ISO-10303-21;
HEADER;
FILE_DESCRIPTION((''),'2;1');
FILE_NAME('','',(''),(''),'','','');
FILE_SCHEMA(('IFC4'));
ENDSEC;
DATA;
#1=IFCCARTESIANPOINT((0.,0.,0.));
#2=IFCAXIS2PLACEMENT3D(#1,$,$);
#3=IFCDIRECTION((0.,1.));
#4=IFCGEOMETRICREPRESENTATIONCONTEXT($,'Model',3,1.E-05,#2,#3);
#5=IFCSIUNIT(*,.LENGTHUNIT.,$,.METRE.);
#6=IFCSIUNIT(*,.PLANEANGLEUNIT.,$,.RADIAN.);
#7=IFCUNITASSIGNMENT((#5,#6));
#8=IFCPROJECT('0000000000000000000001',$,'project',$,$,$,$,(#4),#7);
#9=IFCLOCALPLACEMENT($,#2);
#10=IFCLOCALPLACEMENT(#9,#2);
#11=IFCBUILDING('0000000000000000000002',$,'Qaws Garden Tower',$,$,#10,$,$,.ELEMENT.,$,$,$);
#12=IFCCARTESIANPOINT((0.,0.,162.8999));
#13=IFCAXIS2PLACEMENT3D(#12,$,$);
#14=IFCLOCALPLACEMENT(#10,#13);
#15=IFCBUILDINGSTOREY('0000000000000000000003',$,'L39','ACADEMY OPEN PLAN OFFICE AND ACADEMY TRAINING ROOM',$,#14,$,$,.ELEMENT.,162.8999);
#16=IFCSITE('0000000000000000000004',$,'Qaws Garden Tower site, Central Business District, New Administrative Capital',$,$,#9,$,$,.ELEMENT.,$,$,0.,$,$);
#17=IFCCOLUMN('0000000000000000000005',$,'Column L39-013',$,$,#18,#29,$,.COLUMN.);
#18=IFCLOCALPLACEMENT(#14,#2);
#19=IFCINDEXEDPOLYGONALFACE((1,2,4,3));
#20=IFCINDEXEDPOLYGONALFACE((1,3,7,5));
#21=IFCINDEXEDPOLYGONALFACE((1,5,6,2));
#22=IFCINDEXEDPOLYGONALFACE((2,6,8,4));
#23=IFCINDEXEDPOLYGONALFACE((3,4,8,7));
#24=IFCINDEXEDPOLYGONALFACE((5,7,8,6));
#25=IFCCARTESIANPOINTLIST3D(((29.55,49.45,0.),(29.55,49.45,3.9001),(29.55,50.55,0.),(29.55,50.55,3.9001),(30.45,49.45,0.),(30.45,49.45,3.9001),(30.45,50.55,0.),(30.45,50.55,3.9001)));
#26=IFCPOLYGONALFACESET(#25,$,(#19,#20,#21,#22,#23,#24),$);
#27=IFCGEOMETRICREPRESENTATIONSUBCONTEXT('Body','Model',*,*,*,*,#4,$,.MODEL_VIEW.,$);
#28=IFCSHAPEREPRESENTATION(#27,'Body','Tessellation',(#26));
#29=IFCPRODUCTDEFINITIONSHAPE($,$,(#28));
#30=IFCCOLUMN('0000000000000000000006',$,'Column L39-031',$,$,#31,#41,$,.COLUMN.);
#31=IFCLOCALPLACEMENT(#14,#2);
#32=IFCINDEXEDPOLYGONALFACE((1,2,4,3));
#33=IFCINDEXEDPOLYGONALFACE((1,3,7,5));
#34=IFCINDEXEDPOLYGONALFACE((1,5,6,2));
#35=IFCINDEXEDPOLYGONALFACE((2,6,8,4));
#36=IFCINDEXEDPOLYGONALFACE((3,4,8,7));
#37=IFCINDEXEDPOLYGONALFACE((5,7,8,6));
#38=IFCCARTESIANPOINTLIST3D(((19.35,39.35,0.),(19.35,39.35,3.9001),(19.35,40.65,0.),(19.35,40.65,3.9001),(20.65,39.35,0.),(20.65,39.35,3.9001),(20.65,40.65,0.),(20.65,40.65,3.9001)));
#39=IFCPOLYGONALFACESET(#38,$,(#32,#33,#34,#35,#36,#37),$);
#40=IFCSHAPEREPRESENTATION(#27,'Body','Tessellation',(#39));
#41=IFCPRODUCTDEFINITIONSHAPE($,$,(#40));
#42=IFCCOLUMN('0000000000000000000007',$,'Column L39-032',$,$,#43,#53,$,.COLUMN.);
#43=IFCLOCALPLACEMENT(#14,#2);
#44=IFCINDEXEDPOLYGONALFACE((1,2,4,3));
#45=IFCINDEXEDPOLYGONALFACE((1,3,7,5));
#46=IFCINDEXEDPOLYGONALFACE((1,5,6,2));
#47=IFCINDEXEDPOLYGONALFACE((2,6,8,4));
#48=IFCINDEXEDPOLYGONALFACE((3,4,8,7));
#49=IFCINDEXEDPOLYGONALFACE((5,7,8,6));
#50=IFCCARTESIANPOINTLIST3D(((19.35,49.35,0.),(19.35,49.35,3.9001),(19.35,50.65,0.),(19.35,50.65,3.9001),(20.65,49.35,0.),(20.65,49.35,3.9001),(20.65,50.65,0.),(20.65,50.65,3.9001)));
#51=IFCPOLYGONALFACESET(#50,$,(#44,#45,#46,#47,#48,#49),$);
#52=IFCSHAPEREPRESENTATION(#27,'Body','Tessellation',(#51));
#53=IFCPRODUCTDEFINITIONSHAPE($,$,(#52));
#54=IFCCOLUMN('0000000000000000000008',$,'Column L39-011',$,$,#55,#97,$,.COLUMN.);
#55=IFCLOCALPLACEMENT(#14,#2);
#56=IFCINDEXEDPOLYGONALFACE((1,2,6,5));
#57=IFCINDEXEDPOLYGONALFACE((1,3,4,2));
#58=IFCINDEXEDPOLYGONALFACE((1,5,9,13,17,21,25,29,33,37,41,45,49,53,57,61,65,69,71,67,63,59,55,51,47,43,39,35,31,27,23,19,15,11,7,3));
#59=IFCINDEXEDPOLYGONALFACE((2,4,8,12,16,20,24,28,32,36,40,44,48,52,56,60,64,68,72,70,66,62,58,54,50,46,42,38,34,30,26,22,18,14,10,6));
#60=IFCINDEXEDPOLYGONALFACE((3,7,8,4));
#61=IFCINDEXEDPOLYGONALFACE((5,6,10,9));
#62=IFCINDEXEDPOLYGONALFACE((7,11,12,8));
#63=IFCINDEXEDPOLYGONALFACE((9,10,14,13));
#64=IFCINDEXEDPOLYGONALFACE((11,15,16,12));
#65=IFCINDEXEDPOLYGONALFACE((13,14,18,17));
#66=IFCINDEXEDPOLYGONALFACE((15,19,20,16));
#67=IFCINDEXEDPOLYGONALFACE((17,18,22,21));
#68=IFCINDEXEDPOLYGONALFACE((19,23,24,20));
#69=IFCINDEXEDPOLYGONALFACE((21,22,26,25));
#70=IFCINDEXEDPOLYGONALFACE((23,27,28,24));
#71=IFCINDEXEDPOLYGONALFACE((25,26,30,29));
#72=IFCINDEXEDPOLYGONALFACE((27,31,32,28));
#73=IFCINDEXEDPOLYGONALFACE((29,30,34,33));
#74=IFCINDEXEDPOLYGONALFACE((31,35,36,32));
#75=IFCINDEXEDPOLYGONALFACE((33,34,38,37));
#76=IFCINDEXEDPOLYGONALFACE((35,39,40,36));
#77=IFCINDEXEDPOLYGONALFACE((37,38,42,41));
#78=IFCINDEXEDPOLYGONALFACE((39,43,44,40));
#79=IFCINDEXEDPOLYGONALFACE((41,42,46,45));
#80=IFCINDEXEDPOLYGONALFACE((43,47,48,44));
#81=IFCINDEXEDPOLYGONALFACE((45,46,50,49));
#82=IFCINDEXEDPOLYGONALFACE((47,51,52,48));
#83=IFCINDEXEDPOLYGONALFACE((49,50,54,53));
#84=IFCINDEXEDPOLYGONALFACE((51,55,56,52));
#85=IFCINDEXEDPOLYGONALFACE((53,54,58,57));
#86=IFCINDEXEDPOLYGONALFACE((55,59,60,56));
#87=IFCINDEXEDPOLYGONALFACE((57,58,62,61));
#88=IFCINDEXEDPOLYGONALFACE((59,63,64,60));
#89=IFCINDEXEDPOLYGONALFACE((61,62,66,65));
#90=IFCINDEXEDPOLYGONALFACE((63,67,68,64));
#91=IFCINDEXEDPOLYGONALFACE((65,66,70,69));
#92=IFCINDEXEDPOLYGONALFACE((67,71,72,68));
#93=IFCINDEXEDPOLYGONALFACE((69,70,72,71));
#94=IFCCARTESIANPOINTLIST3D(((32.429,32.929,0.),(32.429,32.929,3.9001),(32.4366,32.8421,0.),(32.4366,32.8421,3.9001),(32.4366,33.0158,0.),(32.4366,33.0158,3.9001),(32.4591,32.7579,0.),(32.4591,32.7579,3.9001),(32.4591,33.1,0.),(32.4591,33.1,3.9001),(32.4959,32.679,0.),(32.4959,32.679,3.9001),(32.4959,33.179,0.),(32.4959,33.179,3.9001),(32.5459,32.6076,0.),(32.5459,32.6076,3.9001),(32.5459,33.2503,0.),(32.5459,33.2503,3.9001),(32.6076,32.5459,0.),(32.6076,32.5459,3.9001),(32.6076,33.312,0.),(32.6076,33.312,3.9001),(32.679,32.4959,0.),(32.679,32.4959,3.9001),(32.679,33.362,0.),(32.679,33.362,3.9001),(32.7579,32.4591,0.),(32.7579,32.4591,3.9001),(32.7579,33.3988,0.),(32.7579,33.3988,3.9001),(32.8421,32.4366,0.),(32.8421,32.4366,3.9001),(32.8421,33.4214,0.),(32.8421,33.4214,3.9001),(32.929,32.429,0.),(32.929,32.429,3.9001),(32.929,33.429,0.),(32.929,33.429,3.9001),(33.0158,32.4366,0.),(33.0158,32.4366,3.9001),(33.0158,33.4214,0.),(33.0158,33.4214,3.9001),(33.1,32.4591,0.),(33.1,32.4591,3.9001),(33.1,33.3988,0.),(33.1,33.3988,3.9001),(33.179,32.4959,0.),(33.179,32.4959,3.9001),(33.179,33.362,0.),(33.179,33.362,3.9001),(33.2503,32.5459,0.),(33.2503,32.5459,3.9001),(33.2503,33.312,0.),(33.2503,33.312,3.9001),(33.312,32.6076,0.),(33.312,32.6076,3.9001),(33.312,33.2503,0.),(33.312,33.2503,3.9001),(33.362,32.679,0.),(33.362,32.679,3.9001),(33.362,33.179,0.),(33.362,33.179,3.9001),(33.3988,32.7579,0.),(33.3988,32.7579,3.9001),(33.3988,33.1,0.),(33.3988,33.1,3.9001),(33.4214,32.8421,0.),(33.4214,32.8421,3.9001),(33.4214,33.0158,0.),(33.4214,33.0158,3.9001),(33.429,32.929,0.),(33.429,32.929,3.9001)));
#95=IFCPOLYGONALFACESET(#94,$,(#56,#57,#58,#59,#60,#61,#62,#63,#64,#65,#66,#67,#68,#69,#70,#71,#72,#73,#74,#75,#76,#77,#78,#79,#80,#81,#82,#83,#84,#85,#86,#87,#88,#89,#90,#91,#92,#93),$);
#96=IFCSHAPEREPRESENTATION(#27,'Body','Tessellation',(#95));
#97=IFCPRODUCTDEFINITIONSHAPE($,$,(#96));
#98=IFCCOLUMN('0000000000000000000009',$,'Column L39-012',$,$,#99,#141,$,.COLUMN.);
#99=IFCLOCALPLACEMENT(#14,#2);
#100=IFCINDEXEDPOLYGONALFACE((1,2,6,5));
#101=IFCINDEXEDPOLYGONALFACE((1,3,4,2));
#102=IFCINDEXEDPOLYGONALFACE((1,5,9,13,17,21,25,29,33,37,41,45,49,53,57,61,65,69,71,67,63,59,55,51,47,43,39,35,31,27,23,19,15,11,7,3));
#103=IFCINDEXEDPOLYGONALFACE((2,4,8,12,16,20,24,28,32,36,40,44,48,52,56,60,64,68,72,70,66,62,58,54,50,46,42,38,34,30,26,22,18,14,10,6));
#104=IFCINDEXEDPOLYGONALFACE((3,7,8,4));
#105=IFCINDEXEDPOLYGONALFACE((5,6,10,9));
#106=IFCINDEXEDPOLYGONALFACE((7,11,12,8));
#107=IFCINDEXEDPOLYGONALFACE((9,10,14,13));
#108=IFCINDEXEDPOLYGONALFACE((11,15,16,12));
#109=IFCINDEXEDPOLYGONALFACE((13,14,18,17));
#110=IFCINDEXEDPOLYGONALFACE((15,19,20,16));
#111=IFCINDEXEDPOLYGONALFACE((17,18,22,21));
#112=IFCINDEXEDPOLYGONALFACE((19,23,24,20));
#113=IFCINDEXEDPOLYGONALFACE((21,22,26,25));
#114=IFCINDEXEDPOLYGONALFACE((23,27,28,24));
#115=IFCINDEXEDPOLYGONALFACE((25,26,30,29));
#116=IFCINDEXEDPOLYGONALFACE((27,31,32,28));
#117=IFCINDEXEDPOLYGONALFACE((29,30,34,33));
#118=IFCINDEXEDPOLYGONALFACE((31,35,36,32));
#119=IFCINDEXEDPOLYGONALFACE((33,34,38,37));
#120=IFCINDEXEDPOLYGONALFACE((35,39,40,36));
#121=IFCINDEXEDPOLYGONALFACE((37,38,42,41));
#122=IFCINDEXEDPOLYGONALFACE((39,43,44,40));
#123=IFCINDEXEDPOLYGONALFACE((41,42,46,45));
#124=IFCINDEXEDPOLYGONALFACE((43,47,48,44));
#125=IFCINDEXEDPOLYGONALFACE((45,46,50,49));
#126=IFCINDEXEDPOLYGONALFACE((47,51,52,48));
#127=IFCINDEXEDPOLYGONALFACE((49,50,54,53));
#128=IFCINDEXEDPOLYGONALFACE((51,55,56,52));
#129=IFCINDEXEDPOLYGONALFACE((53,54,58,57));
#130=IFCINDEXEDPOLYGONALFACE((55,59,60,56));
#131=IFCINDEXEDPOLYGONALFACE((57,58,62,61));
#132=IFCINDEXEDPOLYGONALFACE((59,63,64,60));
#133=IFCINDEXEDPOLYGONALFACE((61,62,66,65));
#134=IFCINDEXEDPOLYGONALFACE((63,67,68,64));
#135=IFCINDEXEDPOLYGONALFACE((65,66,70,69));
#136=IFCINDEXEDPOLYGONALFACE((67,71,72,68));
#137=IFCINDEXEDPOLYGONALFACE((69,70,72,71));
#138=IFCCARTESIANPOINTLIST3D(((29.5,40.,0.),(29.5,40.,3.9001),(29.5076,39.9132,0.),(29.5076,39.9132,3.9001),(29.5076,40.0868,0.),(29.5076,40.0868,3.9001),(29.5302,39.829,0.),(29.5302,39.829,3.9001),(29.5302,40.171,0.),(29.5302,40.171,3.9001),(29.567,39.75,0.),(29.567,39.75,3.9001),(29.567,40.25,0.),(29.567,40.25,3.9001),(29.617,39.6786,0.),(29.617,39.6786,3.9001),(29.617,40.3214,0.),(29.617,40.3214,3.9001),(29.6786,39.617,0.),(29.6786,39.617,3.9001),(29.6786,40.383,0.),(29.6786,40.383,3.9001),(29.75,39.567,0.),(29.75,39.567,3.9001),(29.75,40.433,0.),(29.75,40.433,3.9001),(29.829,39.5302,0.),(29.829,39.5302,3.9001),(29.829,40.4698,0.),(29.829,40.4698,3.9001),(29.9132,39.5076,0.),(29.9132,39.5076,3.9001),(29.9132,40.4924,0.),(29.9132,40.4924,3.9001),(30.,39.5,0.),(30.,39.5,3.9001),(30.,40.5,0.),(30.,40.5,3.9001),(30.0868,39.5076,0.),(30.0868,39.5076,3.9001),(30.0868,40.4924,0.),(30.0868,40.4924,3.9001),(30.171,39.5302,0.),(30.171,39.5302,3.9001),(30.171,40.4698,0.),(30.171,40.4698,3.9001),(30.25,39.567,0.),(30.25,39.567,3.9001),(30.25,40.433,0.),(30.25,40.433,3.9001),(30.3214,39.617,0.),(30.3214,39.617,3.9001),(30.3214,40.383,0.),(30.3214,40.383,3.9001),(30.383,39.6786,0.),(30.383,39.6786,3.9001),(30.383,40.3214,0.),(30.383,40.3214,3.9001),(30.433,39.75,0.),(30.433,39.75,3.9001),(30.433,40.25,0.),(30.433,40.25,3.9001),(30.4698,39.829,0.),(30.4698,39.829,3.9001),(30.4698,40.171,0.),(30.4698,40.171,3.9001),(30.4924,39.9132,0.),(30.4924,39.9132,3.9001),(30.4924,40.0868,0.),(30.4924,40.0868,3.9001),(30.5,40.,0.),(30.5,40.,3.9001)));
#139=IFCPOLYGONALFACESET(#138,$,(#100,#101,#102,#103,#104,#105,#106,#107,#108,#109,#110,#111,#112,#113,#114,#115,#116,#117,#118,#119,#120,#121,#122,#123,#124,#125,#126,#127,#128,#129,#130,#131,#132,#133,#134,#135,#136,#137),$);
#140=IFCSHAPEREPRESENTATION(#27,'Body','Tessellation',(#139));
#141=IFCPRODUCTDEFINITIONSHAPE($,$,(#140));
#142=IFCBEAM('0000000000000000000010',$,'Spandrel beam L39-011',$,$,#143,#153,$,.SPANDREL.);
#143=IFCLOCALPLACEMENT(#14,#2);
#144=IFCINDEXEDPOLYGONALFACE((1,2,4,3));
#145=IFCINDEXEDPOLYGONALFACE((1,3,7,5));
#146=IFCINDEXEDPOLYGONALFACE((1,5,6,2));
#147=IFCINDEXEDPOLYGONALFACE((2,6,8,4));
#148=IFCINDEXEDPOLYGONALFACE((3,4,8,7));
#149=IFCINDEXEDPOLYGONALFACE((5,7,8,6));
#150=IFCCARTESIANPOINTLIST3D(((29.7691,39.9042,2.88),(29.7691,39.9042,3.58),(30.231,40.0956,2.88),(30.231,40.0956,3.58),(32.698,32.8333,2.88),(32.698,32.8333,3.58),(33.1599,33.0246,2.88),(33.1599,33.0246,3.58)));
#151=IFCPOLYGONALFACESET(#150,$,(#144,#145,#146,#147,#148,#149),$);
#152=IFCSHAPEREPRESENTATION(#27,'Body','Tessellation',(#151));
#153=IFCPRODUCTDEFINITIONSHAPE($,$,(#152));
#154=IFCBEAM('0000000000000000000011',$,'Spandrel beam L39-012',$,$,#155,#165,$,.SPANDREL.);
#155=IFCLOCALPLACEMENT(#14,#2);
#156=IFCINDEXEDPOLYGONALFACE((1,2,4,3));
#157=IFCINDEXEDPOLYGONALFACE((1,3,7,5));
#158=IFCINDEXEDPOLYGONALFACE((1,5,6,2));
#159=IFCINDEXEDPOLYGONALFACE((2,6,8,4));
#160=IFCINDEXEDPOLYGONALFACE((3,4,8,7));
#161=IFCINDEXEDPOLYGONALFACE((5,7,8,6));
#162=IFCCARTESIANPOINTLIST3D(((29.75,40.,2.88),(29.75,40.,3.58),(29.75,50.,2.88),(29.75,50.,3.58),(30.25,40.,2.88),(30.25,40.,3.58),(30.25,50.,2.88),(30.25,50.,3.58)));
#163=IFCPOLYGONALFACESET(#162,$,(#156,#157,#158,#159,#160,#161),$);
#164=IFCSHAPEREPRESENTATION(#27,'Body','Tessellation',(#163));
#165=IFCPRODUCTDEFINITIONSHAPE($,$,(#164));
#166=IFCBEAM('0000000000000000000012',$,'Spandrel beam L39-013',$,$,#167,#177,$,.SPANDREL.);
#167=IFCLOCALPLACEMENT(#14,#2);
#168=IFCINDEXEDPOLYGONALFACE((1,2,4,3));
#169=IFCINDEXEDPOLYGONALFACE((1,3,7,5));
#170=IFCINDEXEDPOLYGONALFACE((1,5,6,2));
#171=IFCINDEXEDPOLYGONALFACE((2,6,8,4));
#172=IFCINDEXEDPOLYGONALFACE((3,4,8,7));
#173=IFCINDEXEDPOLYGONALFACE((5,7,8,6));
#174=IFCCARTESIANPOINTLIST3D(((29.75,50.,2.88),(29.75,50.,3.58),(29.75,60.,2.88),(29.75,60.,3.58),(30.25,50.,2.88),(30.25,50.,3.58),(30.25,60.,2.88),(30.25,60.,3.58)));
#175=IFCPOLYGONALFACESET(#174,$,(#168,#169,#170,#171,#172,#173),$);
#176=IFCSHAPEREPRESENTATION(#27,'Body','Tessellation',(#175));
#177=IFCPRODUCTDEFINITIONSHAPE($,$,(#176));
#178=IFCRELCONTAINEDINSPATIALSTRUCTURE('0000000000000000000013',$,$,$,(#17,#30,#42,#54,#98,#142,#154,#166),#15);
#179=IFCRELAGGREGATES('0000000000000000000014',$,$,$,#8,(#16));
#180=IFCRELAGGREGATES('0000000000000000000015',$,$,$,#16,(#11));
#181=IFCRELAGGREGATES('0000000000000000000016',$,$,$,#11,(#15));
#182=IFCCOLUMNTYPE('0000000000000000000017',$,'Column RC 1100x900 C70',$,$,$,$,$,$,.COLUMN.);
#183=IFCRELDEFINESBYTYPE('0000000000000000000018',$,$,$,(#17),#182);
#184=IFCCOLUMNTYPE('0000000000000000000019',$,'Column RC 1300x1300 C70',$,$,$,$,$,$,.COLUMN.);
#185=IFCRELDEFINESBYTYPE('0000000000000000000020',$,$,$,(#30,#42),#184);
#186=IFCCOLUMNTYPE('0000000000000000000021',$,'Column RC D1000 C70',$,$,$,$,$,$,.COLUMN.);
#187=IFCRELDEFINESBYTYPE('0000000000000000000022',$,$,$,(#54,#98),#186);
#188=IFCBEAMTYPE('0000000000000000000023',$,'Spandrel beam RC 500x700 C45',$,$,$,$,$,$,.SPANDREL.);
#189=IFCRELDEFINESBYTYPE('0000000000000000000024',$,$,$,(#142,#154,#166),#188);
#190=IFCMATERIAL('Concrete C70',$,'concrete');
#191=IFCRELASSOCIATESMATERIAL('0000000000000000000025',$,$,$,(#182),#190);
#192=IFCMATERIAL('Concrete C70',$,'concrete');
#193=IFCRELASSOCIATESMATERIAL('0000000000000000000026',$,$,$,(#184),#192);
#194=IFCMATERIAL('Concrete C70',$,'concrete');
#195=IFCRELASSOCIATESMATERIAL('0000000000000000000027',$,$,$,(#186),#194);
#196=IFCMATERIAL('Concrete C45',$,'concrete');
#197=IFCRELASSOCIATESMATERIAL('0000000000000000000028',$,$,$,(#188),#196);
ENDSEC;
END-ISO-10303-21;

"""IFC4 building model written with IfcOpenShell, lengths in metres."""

from ifc_helpers import new_model, si_unit, direction, frame, origin, origin_2d, place, context, subcontext, project, spatial, rectangle, circle, extrude, material, material_profile, profile_set, type_object, element, save


model = new_model("IFC4")

# Units and contexts
model_context = context("Model", 3, precision=1e-05, world=origin(), true_north=direction((0.0, 1.0)))
body_context = subcontext(model_context, "Body", "Model", "MODEL_VIEW")
ifc_project = project(units=[si_unit("LENGTHUNIT", "METRE"), si_unit("PLANEANGLEUNIT", "RADIAN")], contexts=[model_context])

# Site, building, storey
site_placement = place(None, origin())
site = spatial("IfcSite", under=ifc_project, at=site_placement, Name="Qaws Garden Tower site, Central Business District, New Administrative Capital", CompositionType="ELEMENT", RefElevation=0.0)
building_placement = place(site_placement, origin())
building = spatial("IfcBuilding", under=site, at=building_placement, Name="Qaws Garden Tower", CompositionType="ELEMENT")
storey_placement = place(building_placement, frame((0.0, 0.0, 162.8999)))
storey = spatial("IfcBuildingStorey", under=building, at=storey_placement, Name="L39", Description="ACADEMY OPEN PLAN OFFICE AND ACADEMY TRAINING ROOM", CompositionType="ELEMENT", Elevation=162.8999)

# Columns
ifc_material_1 = material(Name="Concrete C70", Category="concrete")
ifc_material_profile_1 = material_profile(ifc_material_1, rectangle(XDim=1.1001, YDim=0.8999, at=origin_2d()), Name="RC 1100x900")
ifc_profile_set_1 = profile_set([ifc_material_profile_1], Name="Concrete C70")
column_type_1 = type_object("IfcColumnType", Name="Column RC 1100x900 C70", PredefinedType="COLUMN", material=ifc_profile_set_1)
column_placement = place(storey_placement, frame((30.0, 50.0, 0.0), z_axis=(0.0, 0.0, 1.0), x_axis=(0.0, 1.0, 0.0)))
element("IfcColumn", 1, at=column_placement, inside=storey, type_object=column_type_1, Name="Column L39-013", PredefinedType="COLUMN", context=body_context, shape_type="SweptSolid", body=[
    extrude(rectangle(XDim=1.1001, YDim=0.8999, at=origin_2d()), origin(), (0.0, 0.0, 1.0), 3.9001),
])
ifc_material_2 = material(Name="Concrete C70", Category="concrete")
ifc_material_profile_2 = material_profile(ifc_material_2, rectangle(XDim=1.3, YDim=1.3, at=origin_2d()), Name="RC 1300x1300")
ifc_profile_set_2 = profile_set([ifc_material_profile_2], Name="Concrete C70")
column_type_2 = type_object("IfcColumnType", Name="Column RC 1300x1300 C70", PredefinedType="COLUMN", material=ifc_profile_set_2)
for number, where, z_axis, x_axis, name in (
    (2, (20.0, 40.0, 0.0), (0.0, 0.0, 1.0), (1.0, 0.0, 0.0), "Column L39-031"),
    (3, (20.0, 50.0, 0.0), (0.0, 0.0, 1.0), (1.0, 0.0, 0.0), "Column L39-032"),
):
    element("IfcColumn", number, at=place(storey_placement, frame(where, z_axis=z_axis, x_axis=x_axis)), inside=storey, type_object=column_type_2, Name=name, PredefinedType="COLUMN", context=body_context, shape_type="SweptSolid", body=[
        extrude(rectangle(XDim=1.3, YDim=1.3, at=origin_2d()), origin(), (0.0, 0.0, 1.0), 3.9001),
    ])
ifc_material_3 = material(Name="Concrete C70", Category="concrete")
ifc_material_profile_3 = material_profile(ifc_material_3, circle(Radius=0.5, at=origin_2d()), Name="RC D1000")
ifc_profile_set_3 = profile_set([ifc_material_profile_3], Name="Concrete C70")
column_type_3 = type_object("IfcColumnType", Name="Column RC D1000 C70", PredefinedType="COLUMN", material=ifc_profile_set_3)
for number, where, z_axis, x_axis, name in (
    (4, (32.929, 32.929, 0.0), (0.0, 0.0, 1.0), (1.0, 0.0, 0.0), "Column L39-011"),
    (5, (30.0, 40.0, 0.0), (0.0, 0.0, 1.0), (1.0, 0.0, 0.0), "Column L39-012"),
):
    element("IfcColumn", number, at=place(storey_placement, frame(where, z_axis=z_axis, x_axis=x_axis)), inside=storey, type_object=column_type_3, Name=name, PredefinedType="COLUMN", context=body_context, shape_type="SweptSolid", body=[
        extrude(circle(Radius=0.5, at=origin_2d()), origin(), (0.0, 0.0, 1.0), 3.9001),
    ])

# Beams
ifc_material_4 = material(Name="Concrete C45", Category="concrete")
ifc_material_profile_4 = material_profile(ifc_material_4, rectangle(XDim=0.5, YDim=0.7, at=origin_2d()), Name="RC 500x700")
ifc_profile_set_4 = profile_set([ifc_material_profile_4], Name="Concrete C45")
beam_type = type_object("IfcBeamType", Name="Spandrel beam RC 500x700 C45", PredefinedType="SPANDREL", material=ifc_profile_set_4)
beam_placement = place(storey_placement, frame((32.929, 32.929, 3.23), z_axis=(-0.382687, 0.923878, 0.0), x_axis=(-0.923878, -0.382687, 0.0)))
element("IfcBeam", 6, at=beam_placement, inside=storey, type_object=beam_type, Name="Spandrel beam L39-011", PredefinedType="SPANDREL", context=body_context, shape_type="SweptSolid", body=[
    extrude(rectangle(XDim=0.5, YDim=0.7, at=origin_2d()), origin(), (0.0, 0.0, 1.0), 7.6536),
])
for number, where, z_axis, x_axis, name in (
    (7, (30.0, 40.0, 3.23), (0.0, 1.0, 0.0), (-1.0, 0.0, 0.0), "Spandrel beam L39-012"),
    (8, (30.0, 50.0, 3.23), (0.0, 1.0, 0.0), (-1.0, 0.0, 0.0), "Spandrel beam L39-013"),
):
    element("IfcBeam", number, at=place(storey_placement, frame(where, z_axis=z_axis, x_axis=x_axis)), inside=storey, type_object=beam_type, Name=name, PredefinedType="SPANDREL", context=body_context, shape_type="SweptSolid", body=[
        extrude(rectangle(XDim=0.5, YDim=0.7, at=origin_2d()), origin(), (0.0, 0.0, 1.0), 10.0),
    ])

save(model, "model.ifc")
